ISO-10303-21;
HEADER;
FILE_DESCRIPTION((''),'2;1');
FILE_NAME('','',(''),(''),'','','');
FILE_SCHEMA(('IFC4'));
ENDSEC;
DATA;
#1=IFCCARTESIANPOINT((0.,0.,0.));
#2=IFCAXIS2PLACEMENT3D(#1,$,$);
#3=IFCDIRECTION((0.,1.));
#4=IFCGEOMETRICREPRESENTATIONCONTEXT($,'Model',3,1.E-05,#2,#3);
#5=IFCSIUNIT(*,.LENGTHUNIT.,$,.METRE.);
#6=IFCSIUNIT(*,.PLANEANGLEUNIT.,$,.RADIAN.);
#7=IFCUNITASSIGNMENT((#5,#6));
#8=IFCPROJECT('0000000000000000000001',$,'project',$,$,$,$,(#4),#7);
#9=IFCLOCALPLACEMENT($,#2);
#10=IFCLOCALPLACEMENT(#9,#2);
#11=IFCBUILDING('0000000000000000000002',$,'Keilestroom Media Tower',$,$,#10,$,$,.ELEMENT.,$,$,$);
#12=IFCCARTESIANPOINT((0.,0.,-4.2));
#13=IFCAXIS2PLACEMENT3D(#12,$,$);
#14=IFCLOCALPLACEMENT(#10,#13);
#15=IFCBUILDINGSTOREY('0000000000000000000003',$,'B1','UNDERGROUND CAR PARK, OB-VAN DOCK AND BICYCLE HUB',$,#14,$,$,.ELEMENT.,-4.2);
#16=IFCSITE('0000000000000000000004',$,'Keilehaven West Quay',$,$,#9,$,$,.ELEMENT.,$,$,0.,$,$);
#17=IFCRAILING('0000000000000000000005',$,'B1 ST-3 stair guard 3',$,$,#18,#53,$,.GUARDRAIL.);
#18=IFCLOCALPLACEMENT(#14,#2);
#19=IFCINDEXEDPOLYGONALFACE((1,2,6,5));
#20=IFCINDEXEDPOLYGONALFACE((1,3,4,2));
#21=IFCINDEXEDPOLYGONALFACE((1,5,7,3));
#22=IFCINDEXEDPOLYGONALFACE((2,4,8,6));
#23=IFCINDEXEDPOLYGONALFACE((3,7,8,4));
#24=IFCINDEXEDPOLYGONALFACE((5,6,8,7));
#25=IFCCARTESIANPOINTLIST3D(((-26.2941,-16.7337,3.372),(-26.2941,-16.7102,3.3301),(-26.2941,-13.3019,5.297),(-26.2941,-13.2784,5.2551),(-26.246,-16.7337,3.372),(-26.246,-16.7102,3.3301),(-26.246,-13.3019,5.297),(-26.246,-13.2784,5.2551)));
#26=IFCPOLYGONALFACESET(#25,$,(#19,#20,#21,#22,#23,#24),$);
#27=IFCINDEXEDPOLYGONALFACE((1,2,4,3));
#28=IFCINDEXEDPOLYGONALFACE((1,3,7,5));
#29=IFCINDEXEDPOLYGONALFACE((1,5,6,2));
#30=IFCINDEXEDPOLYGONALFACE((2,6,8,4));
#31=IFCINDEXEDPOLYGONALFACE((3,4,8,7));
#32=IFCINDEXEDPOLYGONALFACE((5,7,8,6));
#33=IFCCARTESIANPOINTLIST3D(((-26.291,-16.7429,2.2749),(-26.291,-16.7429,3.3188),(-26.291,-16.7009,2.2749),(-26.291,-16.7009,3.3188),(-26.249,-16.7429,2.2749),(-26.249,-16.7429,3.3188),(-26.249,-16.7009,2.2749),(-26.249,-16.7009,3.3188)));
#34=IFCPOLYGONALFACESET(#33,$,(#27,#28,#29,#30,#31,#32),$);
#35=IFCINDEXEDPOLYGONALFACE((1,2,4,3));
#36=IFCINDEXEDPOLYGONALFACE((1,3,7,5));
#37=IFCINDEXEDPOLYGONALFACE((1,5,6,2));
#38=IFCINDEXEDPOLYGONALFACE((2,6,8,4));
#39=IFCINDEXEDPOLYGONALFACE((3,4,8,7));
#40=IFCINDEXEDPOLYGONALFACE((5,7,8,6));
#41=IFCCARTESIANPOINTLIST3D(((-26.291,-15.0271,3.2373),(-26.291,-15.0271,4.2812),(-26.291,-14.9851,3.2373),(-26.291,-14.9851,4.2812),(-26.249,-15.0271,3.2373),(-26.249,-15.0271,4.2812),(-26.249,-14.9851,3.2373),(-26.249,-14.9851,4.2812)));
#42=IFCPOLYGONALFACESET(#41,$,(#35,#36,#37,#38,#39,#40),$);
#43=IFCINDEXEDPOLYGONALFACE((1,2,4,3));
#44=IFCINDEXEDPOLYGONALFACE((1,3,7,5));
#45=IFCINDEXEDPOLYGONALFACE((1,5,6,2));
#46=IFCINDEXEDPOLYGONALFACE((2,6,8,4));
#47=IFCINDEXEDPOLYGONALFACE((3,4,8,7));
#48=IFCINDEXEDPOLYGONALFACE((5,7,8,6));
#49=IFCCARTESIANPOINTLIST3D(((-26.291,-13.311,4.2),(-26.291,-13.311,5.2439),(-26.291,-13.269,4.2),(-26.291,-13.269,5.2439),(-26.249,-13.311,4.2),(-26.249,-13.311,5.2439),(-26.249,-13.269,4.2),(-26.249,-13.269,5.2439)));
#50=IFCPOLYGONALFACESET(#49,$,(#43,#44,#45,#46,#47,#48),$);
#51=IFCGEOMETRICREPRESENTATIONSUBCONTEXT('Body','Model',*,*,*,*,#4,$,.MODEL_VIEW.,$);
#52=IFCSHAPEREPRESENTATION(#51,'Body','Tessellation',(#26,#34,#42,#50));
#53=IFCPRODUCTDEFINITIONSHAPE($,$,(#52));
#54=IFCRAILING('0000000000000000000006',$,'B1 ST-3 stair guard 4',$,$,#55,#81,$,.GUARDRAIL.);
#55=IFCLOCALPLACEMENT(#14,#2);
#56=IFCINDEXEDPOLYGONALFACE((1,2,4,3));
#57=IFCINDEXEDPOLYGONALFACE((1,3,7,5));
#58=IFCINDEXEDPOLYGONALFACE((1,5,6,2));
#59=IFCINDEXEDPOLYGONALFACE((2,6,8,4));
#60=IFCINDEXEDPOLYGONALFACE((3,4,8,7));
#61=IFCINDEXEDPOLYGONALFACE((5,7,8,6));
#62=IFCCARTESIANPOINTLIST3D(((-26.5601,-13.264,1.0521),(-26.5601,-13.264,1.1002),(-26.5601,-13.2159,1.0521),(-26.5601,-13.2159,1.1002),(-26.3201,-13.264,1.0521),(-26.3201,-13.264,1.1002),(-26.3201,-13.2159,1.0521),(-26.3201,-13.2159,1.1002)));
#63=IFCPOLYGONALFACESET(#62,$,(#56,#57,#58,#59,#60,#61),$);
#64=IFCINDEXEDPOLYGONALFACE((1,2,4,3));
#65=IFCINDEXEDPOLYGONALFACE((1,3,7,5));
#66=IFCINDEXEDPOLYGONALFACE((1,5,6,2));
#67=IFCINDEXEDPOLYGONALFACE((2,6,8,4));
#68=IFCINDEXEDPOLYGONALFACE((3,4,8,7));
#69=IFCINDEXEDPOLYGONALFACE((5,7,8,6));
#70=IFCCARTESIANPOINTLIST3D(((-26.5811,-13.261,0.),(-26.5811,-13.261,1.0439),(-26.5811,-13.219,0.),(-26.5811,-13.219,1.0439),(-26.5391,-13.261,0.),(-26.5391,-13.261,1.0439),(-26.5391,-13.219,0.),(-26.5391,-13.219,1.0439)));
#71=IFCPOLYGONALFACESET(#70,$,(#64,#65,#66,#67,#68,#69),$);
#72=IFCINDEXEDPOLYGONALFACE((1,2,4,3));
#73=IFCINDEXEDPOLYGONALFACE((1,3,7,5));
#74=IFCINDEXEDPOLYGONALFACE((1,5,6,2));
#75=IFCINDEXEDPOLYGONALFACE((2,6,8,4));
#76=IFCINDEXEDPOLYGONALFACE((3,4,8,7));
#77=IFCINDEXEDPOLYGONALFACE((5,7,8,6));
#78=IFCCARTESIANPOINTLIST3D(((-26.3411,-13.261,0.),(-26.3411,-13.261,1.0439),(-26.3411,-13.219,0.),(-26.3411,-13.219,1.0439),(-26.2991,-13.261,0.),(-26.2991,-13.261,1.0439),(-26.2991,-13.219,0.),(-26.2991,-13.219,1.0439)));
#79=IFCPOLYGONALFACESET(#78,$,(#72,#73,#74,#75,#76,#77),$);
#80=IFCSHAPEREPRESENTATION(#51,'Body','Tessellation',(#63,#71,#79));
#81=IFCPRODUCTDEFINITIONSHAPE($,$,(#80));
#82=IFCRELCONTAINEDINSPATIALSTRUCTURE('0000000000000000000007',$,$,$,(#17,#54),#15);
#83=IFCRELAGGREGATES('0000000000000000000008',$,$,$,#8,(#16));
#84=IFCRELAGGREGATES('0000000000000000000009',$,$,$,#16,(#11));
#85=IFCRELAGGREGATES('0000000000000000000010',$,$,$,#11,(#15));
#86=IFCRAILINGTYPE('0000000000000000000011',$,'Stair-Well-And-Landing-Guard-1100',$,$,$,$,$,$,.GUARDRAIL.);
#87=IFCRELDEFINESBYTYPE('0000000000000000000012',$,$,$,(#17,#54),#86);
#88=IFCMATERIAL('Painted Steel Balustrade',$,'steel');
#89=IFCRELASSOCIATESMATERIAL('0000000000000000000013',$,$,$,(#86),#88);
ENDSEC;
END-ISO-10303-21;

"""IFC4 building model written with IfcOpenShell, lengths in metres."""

from ifc_helpers import new_model, si_unit, direction, frame, origin, origin_2d, place, context, subcontext, project, spatial, rectangle, extrude, material, type_object, element, save


model = new_model("IFC4")

# Units and contexts
model_context = context("Model", 3, precision=1e-05, world=origin(), true_north=direction((0.0, 1.0)))
body_context = subcontext(model_context, "Body", "Model", "MODEL_VIEW")
ifc_project = project(units=[si_unit("LENGTHUNIT", "METRE"), si_unit("PLANEANGLEUNIT", "RADIAN")], contexts=[model_context])

# Site, building, storey
site_placement = place(None, origin())
site = spatial("IfcSite", under=ifc_project, at=site_placement, Name="Keilehaven West Quay", CompositionType="ELEMENT", RefElevation=0.0)
building_placement = place(site_placement, origin())
building = spatial("IfcBuilding", under=site, at=building_placement, Name="Keilestroom Media Tower", CompositionType="ELEMENT")
storey_placement = place(building_placement, frame((0.0, 0.0, -4.2)))
storey = spatial("IfcBuildingStorey", under=building, at=storey_placement, Name="B1", Description="UNDERGROUND CAR PARK, OB-VAN DOCK AND BICYCLE HUB", CompositionType="ELEMENT", Elevation=-4.2)

# Railings
ifc_material_1 = material(Name="Painted Steel Balustrade", Category="steel")
railing_type_1 = type_object("IfcRailingType", Name="Stair-Well-And-Landing-Guard-1100", PredefinedType="GUARDRAIL", material=ifc_material_1)
railing_1_placement = place(storey_placement, frame((-26.27, -16.7219, 2.2749)))
element("IfcRailing", 1, at=railing_1_placement, inside=storey, type_object=railing_type_1, Name="B1 ST-3 stair guard 3", PredefinedType="GUARDRAIL", context=body_context, shape_type="SweptSolid", body=[
    extrude(rectangle(XDim=0.0481, YDim=0.0481, at=origin_2d()), frame((0.0, 0.0, 1.0762), z_axis=(0.0, 0.87216, 0.489221), x_axis=(-1.0, 0.0, 0.0)), (0.0, 0.0, 1.0), 3.9348),
    extrude(rectangle(XDim=0.042, YDim=0.042, at=origin_2d()), origin(), (0.0, 0.0, 1.0), 1.0439),
    extrude(rectangle(XDim=0.042, YDim=0.042, at=origin_2d()), frame((0.0, 1.7158, 0.9624)), (0.0, 0.0, 1.0), 1.0439),
    extrude(rectangle(XDim=0.042, YDim=0.042, at=origin_2d()), frame((0.0, 3.4319, 1.925)), (0.0, 0.0, 1.0), 1.0439),
])
railing_2_placement = place(storey_placement, frame((-26.5601, -13.24, 0.0)))
element("IfcRailing", 2, at=railing_2_placement, inside=storey, type_object=railing_type_1, Name="B1 ST-3 stair guard 4", PredefinedType="GUARDRAIL", context=body_context, shape_type="SweptSolid", body=[
    extrude(rectangle(XDim=0.0481, YDim=0.0481, at=origin_2d()), frame((0.0, 0.0, 1.0762), z_axis=(1.0, 0.0, 0.0), x_axis=(0.0, 1.0, 0.0)), (0.0, 0.0, 1.0), 0.24),
    extrude(rectangle(XDim=0.042, YDim=0.042, at=origin_2d()), origin(), (0.0, 0.0, 1.0), 1.0439),
    extrude(rectangle(XDim=0.042, YDim=0.042, at=origin_2d()), frame((0.24, 0.0, 0.0)), (0.0, 0.0, 1.0), 1.0439),
])

save(model, "model.ifc")
